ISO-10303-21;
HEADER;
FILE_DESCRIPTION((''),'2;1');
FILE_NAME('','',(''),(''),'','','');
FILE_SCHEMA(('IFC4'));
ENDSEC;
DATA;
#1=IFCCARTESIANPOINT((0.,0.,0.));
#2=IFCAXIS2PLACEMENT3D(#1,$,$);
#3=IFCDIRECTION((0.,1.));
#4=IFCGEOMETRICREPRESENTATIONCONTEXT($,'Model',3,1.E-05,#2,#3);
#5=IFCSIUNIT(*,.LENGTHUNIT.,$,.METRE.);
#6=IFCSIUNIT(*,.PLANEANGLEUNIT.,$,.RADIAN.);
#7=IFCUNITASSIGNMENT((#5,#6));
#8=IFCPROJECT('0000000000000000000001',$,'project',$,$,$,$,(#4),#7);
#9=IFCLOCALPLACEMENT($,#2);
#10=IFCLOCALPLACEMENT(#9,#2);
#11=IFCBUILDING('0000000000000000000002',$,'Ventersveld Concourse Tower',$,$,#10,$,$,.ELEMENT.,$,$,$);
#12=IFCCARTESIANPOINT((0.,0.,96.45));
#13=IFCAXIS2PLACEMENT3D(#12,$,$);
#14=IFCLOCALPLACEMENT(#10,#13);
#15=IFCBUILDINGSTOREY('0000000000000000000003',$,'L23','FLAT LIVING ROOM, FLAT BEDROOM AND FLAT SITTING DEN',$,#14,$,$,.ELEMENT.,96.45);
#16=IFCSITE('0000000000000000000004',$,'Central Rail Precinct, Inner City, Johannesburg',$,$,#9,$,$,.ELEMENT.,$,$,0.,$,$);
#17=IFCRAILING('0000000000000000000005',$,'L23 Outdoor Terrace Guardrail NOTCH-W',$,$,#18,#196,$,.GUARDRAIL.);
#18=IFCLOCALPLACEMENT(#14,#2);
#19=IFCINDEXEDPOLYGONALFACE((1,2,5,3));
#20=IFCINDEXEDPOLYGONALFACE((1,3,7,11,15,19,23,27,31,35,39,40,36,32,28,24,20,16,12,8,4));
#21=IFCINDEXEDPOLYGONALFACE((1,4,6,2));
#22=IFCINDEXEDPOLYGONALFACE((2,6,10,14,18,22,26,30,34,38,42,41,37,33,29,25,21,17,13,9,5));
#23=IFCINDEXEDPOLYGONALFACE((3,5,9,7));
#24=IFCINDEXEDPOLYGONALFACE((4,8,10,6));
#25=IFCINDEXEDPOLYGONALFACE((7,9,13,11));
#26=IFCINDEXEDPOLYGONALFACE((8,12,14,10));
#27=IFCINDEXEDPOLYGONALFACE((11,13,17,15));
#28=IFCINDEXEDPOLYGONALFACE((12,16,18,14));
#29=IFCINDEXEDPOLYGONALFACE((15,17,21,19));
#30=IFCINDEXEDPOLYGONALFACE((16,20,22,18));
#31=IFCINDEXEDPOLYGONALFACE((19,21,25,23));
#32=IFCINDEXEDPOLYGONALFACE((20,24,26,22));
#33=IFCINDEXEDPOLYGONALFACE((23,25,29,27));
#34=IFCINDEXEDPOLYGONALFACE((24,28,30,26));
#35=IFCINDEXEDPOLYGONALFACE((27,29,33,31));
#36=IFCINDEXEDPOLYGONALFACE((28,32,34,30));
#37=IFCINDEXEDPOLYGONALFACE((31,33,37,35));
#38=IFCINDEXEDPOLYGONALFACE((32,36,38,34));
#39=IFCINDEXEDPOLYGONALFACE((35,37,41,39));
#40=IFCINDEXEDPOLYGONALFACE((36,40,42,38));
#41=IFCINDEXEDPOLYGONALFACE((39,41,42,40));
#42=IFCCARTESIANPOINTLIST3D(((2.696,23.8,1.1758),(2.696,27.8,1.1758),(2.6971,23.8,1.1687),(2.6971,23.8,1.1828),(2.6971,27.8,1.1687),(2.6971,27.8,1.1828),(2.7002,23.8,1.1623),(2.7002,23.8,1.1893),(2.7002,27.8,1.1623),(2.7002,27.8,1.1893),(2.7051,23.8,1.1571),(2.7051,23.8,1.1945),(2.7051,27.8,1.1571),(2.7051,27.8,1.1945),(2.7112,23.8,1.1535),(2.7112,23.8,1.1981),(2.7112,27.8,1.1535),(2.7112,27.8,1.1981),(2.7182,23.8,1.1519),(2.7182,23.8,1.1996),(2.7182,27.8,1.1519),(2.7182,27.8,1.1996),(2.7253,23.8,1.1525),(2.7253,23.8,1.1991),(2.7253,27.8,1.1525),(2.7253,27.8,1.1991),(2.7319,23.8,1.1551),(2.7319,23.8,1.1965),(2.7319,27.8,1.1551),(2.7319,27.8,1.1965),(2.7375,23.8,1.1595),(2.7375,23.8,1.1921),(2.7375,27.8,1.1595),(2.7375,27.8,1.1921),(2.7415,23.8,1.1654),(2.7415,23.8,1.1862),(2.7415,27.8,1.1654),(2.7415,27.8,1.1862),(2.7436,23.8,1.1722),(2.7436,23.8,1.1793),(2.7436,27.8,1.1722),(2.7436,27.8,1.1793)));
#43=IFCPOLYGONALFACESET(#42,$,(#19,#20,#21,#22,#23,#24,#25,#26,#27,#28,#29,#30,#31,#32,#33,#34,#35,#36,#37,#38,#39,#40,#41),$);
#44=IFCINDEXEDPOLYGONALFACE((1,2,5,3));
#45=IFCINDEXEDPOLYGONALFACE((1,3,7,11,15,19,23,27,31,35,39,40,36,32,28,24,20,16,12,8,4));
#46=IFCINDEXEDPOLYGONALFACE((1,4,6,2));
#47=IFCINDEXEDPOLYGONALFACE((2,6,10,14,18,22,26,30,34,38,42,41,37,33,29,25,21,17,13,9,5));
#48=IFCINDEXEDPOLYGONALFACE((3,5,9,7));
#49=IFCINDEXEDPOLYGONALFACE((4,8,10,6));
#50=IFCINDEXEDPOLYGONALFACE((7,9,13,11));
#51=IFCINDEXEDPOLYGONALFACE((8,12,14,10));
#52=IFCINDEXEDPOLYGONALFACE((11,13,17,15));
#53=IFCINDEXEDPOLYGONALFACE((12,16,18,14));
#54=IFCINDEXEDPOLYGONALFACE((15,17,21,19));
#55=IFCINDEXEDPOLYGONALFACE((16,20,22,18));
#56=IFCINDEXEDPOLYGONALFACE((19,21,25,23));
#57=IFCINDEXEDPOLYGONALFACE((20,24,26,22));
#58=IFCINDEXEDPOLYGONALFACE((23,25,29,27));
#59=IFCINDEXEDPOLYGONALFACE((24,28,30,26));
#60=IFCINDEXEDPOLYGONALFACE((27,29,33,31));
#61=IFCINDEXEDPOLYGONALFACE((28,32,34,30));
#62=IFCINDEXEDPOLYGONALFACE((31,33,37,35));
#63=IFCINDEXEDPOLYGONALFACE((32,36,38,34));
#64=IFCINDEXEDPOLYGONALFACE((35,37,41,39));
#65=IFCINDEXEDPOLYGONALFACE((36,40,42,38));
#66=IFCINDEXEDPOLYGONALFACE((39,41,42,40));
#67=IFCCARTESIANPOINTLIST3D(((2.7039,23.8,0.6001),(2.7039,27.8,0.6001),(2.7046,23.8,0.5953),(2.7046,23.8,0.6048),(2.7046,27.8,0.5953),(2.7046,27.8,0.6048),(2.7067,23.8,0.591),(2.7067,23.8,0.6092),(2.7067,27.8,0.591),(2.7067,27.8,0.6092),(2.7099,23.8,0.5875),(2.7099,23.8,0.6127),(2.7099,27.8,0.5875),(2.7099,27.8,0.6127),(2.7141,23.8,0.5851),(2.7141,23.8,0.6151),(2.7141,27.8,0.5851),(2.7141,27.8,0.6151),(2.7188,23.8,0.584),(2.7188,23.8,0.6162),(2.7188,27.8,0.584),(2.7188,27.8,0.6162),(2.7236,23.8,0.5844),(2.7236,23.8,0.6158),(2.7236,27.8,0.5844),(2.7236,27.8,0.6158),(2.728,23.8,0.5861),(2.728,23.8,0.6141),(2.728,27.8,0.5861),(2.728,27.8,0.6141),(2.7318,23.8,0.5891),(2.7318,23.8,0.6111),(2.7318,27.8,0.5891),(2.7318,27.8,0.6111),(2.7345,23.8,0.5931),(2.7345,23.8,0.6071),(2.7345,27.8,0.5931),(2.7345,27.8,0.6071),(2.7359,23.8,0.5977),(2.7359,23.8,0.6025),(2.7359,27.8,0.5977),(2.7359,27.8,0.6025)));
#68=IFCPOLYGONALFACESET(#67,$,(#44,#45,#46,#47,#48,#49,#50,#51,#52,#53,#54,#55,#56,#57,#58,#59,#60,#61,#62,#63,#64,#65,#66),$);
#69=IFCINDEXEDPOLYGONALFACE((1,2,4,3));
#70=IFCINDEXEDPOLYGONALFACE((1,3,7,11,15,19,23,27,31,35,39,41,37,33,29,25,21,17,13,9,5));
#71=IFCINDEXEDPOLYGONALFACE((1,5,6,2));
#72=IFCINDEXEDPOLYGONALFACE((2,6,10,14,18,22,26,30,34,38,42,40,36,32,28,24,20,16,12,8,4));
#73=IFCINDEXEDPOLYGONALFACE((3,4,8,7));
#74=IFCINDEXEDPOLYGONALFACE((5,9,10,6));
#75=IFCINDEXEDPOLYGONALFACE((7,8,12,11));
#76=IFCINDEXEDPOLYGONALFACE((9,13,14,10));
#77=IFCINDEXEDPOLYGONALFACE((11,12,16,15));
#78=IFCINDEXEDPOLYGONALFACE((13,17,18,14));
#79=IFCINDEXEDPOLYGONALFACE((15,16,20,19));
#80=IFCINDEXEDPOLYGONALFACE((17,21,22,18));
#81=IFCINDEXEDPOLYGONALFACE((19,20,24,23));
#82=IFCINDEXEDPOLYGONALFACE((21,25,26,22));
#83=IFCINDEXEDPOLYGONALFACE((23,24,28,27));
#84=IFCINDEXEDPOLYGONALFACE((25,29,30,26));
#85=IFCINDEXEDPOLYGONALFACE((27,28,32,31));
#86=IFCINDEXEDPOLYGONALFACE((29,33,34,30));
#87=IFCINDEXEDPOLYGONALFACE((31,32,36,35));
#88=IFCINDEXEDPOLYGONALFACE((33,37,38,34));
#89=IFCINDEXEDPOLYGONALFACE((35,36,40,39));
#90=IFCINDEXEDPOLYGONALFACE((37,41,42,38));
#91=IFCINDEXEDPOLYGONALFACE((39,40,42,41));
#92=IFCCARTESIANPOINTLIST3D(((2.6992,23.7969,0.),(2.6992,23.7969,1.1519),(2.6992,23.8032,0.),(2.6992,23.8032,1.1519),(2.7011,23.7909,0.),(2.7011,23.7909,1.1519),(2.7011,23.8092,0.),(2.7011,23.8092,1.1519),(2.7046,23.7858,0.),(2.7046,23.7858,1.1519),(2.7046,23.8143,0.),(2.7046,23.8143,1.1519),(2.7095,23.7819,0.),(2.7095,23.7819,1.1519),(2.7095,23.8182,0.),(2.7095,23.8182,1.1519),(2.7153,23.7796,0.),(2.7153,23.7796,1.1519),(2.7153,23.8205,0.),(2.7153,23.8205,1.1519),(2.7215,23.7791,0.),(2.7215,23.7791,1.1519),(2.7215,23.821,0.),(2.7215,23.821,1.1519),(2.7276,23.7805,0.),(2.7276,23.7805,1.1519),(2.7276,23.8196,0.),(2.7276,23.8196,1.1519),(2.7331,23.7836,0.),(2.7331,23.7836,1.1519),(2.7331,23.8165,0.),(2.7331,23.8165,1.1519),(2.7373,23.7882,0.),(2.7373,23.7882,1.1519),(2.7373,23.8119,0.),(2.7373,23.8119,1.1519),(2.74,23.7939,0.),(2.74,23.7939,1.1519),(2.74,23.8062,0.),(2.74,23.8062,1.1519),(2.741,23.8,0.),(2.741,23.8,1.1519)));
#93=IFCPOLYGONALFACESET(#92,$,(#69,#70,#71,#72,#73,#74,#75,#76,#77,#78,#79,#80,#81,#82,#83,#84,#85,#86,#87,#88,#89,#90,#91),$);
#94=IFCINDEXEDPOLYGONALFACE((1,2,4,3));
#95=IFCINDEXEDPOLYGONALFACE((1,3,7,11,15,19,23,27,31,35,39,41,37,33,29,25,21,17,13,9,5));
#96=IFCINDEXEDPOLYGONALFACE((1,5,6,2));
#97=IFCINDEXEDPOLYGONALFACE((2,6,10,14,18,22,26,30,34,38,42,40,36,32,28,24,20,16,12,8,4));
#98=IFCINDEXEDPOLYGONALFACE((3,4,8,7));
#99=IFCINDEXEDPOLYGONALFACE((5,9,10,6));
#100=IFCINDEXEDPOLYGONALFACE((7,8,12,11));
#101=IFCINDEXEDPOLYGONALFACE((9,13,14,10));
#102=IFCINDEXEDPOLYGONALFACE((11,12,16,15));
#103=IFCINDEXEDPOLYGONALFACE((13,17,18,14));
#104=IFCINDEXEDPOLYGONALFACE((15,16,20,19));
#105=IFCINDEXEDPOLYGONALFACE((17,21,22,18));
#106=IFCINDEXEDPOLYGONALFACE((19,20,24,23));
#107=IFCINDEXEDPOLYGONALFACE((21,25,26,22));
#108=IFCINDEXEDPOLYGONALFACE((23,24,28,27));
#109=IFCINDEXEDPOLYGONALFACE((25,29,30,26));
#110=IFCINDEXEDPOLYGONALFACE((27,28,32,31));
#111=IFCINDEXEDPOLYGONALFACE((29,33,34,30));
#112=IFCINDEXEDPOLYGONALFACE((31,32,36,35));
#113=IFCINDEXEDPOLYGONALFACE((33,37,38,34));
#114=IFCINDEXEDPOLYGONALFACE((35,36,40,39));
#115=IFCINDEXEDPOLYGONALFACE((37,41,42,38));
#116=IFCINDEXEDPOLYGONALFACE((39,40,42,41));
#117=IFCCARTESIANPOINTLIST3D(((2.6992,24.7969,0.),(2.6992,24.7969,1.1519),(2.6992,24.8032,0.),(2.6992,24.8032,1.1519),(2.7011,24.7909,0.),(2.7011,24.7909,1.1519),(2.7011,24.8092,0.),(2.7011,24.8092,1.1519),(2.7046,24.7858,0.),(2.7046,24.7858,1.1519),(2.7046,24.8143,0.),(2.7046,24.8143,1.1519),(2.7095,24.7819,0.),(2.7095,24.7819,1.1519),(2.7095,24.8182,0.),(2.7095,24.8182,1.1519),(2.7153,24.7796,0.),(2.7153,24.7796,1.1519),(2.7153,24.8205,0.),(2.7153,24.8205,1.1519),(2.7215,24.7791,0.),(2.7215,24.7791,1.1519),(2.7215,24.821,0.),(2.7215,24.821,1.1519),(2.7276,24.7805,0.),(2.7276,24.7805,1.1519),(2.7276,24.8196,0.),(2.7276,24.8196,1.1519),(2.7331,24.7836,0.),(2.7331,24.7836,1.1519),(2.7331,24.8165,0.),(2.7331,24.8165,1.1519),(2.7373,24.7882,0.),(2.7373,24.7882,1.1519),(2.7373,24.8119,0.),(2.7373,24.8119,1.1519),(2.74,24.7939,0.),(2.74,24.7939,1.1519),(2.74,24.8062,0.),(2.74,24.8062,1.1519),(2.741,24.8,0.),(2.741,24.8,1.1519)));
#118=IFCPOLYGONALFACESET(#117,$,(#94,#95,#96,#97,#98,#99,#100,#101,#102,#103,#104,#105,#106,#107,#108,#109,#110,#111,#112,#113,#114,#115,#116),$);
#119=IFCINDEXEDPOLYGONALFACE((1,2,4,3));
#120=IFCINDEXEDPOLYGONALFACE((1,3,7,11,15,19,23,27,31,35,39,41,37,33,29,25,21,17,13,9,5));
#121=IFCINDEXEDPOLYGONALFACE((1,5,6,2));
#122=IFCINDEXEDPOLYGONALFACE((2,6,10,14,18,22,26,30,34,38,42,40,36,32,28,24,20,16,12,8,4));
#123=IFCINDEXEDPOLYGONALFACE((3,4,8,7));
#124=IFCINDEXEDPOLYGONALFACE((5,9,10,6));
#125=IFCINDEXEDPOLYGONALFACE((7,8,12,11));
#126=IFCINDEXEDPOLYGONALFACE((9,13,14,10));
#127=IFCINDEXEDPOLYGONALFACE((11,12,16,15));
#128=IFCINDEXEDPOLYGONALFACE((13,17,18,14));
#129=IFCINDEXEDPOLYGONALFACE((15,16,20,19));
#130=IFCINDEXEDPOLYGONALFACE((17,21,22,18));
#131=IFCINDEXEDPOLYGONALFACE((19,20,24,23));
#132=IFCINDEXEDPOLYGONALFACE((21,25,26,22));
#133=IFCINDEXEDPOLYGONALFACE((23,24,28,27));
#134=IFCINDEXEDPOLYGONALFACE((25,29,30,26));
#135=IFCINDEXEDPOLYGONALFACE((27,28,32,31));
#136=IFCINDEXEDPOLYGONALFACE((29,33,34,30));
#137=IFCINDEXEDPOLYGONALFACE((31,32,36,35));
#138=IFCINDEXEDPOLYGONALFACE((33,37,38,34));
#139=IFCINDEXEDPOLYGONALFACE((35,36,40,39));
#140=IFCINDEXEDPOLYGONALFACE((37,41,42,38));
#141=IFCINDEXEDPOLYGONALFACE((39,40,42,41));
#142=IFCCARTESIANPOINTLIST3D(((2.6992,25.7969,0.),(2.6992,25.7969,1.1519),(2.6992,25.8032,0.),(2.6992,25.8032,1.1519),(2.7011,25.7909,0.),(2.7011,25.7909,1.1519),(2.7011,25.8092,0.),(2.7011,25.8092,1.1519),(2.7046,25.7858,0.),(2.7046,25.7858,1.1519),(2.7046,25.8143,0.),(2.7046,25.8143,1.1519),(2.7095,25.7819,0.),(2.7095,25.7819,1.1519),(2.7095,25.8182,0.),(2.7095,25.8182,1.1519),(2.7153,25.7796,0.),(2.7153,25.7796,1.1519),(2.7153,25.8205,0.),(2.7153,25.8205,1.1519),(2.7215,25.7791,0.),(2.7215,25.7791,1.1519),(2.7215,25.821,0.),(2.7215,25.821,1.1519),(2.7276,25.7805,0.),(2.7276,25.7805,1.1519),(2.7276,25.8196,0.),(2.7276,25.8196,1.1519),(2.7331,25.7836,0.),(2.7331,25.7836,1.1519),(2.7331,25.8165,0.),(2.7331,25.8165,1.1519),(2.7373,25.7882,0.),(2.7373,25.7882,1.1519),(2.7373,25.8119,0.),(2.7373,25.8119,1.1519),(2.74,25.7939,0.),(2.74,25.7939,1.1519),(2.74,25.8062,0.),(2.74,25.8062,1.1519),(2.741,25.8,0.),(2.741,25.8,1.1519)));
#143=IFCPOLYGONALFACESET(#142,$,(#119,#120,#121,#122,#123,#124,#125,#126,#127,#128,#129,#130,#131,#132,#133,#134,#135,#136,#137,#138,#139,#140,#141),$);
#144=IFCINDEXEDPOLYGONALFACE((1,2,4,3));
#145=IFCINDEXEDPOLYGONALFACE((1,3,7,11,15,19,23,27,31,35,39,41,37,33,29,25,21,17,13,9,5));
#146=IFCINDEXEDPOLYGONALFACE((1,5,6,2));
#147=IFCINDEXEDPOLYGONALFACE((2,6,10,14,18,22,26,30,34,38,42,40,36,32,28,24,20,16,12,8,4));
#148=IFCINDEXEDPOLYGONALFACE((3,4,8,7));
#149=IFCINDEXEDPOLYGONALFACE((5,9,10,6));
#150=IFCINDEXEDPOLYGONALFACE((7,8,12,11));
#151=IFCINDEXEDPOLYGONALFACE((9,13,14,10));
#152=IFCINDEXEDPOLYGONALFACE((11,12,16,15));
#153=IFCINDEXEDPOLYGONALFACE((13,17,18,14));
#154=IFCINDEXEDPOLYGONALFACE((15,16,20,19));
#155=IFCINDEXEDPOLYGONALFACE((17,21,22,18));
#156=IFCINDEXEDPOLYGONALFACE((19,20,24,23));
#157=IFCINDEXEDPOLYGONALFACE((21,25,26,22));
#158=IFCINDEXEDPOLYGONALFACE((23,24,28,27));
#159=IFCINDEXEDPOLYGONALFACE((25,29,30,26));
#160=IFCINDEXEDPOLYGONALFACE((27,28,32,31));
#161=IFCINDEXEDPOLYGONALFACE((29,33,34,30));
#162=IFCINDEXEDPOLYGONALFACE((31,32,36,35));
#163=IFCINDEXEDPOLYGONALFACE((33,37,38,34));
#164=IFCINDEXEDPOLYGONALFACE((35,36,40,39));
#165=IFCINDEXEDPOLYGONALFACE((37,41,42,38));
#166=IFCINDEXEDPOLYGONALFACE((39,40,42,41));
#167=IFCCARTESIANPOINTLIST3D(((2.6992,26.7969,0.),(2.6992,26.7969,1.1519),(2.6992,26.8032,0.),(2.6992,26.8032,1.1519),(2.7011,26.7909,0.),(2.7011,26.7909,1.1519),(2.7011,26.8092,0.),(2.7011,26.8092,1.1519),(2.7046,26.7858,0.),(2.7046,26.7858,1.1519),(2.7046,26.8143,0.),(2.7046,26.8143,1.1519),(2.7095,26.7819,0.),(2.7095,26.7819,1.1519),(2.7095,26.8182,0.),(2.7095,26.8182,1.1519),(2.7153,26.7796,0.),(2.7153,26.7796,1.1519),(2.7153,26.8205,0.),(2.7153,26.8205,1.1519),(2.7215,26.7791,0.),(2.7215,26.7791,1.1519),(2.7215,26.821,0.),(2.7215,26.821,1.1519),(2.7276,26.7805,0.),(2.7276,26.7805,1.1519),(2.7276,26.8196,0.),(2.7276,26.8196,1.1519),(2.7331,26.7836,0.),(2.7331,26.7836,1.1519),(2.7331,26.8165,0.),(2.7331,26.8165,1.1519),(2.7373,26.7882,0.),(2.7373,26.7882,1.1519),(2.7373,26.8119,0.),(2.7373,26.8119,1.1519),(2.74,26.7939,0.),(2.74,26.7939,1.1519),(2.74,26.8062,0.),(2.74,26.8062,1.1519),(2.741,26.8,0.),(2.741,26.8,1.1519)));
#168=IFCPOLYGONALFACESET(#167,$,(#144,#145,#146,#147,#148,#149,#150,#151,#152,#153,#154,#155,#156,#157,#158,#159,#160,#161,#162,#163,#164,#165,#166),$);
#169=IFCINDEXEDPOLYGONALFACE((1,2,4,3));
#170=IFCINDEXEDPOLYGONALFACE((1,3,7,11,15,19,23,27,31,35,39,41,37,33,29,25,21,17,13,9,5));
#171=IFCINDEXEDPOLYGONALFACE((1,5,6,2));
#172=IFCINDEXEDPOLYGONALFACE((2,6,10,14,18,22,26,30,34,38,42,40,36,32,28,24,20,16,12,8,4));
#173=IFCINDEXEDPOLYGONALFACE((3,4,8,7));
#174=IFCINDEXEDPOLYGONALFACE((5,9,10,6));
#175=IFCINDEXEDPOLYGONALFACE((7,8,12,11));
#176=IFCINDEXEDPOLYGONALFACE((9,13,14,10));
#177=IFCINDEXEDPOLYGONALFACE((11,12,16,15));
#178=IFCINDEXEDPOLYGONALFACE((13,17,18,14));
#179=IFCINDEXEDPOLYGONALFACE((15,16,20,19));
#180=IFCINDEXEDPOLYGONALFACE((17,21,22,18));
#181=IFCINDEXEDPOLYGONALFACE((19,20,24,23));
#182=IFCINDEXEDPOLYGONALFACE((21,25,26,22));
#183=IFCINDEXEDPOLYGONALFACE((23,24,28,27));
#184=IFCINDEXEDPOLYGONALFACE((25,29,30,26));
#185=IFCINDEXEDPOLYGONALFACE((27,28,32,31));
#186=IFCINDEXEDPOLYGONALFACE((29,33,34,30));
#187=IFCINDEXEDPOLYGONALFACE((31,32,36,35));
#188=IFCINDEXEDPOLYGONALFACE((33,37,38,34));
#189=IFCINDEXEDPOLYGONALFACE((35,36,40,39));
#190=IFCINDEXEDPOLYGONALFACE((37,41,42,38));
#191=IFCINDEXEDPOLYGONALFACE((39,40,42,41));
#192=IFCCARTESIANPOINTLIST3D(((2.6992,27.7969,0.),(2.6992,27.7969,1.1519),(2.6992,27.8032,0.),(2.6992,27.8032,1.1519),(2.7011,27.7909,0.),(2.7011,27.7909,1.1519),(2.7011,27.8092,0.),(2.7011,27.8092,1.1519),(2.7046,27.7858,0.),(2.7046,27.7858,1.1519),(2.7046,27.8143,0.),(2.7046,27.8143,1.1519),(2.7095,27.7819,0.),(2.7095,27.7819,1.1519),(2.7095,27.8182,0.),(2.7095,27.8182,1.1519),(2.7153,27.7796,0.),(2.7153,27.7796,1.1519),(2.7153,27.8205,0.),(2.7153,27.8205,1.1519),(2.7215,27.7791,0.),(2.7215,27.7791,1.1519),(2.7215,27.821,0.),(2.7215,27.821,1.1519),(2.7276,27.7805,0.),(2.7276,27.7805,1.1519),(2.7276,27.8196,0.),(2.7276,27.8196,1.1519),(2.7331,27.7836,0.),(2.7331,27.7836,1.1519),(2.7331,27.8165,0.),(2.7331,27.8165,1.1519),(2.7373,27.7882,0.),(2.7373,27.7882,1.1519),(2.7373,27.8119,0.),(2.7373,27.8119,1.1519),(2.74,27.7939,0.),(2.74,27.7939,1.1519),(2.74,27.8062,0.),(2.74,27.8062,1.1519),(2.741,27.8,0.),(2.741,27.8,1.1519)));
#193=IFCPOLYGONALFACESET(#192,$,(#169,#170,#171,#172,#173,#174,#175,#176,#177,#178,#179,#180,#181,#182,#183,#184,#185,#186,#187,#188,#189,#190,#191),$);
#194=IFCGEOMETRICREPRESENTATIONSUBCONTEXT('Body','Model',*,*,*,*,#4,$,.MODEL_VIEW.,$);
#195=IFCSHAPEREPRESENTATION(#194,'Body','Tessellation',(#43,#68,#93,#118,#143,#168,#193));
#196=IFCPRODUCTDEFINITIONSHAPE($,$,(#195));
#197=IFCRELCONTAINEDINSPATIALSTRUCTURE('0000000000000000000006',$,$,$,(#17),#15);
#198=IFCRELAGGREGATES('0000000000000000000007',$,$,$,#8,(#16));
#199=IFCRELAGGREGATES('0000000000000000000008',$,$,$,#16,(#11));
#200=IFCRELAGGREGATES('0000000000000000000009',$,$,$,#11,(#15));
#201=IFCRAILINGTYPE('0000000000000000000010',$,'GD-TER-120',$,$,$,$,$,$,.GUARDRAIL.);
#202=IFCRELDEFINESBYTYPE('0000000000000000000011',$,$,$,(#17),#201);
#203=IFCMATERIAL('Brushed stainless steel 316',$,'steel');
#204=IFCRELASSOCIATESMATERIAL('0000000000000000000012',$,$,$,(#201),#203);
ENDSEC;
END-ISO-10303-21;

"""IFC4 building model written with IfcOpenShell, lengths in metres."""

from ifc_helpers import new_model, si_unit, direction, frame, origin, origin_2d, place, context, subcontext, project, spatial, circle, extrude, material, type_object, element, save


model = new_model("IFC4")

# Units and contexts
model_context = context("Model", 3, precision=1e-05, world=origin(), true_north=direction((0.0, 1.0)))
body_context = subcontext(model_context, "Body", "Model", "MODEL_VIEW")
ifc_project = project(units=[si_unit("LENGTHUNIT", "METRE"), si_unit("PLANEANGLEUNIT", "RADIAN")], contexts=[model_context])

# Site, building, storey
site_placement = place(None, origin())
site = spatial("IfcSite", under=ifc_project, at=site_placement, Name="Central Rail Precinct, Inner City, Johannesburg", CompositionType="ELEMENT", RefElevation=0.0)
building_placement = place(site_placement, origin())
building = spatial("IfcBuilding", under=site, at=building_placement, Name="Ventersveld Concourse Tower", CompositionType="ELEMENT")
storey_placement = place(building_placement, frame((0.0, 0.0, 96.45)))
storey = spatial("IfcBuildingStorey", under=building, at=storey_placement, Name="L23", Description="FLAT LIVING ROOM, FLAT BEDROOM AND FLAT SITTING DEN", CompositionType="ELEMENT", Elevation=96.45)

# Railing
ifc_material_1 = material(Name="Brushed stainless steel 316", Category="steel")
railing_type = type_object("IfcRailingType", Name="GD-TER-120", PredefinedType="GUARDRAIL", material=ifc_material_1)
railing_placement = place(storey_placement, frame((2.72, 23.8, 0.0)))
element("IfcRailing", 1, at=railing_placement, inside=storey, type_object=railing_type, Name="L23 Outdoor Terrace Guardrail NOTCH-W", PredefinedType="GUARDRAIL", context=body_context, shape_type="SweptSolid", body=[
    extrude(circle(Radius=0.0239, at=origin_2d()), frame((0.0, 0.0, 1.1758), z_axis=(0.0, 1.0, 0.0), x_axis=(-1.0, 0.0, 0.0)), (0.0, 0.0, 1.0), 4.0),
    extrude(circle(Radius=0.0161, at=origin_2d()), frame((0.0, 0.0, 0.6001), z_axis=(0.0, 1.0, 0.0), x_axis=(-1.0, 0.0, 0.0)), (0.0, 0.0, 1.0), 4.0),
    extrude(circle(Radius=0.021, at=origin_2d()), origin(), (0.0, 0.0, 1.0), 1.1519),
    extrude(circle(Radius=0.021, at=origin_2d()), frame((0.0, 1.0, 0.0)), (0.0, 0.0, 1.0), 1.1519),
    extrude(circle(Radius=0.021, at=origin_2d()), frame((0.0, 2.0, 0.0)), (0.0, 0.0, 1.0), 1.1519),
    extrude(circle(Radius=0.021, at=origin_2d()), frame((0.0, 3.0, 0.0)), (0.0, 0.0, 1.0), 1.1519),
    extrude(circle(Radius=0.021, at=origin_2d()), frame((0.0, 4.0, 0.0)), (0.0, 0.0, 1.0), 1.1519),
])

save(model, "model.ifc")
